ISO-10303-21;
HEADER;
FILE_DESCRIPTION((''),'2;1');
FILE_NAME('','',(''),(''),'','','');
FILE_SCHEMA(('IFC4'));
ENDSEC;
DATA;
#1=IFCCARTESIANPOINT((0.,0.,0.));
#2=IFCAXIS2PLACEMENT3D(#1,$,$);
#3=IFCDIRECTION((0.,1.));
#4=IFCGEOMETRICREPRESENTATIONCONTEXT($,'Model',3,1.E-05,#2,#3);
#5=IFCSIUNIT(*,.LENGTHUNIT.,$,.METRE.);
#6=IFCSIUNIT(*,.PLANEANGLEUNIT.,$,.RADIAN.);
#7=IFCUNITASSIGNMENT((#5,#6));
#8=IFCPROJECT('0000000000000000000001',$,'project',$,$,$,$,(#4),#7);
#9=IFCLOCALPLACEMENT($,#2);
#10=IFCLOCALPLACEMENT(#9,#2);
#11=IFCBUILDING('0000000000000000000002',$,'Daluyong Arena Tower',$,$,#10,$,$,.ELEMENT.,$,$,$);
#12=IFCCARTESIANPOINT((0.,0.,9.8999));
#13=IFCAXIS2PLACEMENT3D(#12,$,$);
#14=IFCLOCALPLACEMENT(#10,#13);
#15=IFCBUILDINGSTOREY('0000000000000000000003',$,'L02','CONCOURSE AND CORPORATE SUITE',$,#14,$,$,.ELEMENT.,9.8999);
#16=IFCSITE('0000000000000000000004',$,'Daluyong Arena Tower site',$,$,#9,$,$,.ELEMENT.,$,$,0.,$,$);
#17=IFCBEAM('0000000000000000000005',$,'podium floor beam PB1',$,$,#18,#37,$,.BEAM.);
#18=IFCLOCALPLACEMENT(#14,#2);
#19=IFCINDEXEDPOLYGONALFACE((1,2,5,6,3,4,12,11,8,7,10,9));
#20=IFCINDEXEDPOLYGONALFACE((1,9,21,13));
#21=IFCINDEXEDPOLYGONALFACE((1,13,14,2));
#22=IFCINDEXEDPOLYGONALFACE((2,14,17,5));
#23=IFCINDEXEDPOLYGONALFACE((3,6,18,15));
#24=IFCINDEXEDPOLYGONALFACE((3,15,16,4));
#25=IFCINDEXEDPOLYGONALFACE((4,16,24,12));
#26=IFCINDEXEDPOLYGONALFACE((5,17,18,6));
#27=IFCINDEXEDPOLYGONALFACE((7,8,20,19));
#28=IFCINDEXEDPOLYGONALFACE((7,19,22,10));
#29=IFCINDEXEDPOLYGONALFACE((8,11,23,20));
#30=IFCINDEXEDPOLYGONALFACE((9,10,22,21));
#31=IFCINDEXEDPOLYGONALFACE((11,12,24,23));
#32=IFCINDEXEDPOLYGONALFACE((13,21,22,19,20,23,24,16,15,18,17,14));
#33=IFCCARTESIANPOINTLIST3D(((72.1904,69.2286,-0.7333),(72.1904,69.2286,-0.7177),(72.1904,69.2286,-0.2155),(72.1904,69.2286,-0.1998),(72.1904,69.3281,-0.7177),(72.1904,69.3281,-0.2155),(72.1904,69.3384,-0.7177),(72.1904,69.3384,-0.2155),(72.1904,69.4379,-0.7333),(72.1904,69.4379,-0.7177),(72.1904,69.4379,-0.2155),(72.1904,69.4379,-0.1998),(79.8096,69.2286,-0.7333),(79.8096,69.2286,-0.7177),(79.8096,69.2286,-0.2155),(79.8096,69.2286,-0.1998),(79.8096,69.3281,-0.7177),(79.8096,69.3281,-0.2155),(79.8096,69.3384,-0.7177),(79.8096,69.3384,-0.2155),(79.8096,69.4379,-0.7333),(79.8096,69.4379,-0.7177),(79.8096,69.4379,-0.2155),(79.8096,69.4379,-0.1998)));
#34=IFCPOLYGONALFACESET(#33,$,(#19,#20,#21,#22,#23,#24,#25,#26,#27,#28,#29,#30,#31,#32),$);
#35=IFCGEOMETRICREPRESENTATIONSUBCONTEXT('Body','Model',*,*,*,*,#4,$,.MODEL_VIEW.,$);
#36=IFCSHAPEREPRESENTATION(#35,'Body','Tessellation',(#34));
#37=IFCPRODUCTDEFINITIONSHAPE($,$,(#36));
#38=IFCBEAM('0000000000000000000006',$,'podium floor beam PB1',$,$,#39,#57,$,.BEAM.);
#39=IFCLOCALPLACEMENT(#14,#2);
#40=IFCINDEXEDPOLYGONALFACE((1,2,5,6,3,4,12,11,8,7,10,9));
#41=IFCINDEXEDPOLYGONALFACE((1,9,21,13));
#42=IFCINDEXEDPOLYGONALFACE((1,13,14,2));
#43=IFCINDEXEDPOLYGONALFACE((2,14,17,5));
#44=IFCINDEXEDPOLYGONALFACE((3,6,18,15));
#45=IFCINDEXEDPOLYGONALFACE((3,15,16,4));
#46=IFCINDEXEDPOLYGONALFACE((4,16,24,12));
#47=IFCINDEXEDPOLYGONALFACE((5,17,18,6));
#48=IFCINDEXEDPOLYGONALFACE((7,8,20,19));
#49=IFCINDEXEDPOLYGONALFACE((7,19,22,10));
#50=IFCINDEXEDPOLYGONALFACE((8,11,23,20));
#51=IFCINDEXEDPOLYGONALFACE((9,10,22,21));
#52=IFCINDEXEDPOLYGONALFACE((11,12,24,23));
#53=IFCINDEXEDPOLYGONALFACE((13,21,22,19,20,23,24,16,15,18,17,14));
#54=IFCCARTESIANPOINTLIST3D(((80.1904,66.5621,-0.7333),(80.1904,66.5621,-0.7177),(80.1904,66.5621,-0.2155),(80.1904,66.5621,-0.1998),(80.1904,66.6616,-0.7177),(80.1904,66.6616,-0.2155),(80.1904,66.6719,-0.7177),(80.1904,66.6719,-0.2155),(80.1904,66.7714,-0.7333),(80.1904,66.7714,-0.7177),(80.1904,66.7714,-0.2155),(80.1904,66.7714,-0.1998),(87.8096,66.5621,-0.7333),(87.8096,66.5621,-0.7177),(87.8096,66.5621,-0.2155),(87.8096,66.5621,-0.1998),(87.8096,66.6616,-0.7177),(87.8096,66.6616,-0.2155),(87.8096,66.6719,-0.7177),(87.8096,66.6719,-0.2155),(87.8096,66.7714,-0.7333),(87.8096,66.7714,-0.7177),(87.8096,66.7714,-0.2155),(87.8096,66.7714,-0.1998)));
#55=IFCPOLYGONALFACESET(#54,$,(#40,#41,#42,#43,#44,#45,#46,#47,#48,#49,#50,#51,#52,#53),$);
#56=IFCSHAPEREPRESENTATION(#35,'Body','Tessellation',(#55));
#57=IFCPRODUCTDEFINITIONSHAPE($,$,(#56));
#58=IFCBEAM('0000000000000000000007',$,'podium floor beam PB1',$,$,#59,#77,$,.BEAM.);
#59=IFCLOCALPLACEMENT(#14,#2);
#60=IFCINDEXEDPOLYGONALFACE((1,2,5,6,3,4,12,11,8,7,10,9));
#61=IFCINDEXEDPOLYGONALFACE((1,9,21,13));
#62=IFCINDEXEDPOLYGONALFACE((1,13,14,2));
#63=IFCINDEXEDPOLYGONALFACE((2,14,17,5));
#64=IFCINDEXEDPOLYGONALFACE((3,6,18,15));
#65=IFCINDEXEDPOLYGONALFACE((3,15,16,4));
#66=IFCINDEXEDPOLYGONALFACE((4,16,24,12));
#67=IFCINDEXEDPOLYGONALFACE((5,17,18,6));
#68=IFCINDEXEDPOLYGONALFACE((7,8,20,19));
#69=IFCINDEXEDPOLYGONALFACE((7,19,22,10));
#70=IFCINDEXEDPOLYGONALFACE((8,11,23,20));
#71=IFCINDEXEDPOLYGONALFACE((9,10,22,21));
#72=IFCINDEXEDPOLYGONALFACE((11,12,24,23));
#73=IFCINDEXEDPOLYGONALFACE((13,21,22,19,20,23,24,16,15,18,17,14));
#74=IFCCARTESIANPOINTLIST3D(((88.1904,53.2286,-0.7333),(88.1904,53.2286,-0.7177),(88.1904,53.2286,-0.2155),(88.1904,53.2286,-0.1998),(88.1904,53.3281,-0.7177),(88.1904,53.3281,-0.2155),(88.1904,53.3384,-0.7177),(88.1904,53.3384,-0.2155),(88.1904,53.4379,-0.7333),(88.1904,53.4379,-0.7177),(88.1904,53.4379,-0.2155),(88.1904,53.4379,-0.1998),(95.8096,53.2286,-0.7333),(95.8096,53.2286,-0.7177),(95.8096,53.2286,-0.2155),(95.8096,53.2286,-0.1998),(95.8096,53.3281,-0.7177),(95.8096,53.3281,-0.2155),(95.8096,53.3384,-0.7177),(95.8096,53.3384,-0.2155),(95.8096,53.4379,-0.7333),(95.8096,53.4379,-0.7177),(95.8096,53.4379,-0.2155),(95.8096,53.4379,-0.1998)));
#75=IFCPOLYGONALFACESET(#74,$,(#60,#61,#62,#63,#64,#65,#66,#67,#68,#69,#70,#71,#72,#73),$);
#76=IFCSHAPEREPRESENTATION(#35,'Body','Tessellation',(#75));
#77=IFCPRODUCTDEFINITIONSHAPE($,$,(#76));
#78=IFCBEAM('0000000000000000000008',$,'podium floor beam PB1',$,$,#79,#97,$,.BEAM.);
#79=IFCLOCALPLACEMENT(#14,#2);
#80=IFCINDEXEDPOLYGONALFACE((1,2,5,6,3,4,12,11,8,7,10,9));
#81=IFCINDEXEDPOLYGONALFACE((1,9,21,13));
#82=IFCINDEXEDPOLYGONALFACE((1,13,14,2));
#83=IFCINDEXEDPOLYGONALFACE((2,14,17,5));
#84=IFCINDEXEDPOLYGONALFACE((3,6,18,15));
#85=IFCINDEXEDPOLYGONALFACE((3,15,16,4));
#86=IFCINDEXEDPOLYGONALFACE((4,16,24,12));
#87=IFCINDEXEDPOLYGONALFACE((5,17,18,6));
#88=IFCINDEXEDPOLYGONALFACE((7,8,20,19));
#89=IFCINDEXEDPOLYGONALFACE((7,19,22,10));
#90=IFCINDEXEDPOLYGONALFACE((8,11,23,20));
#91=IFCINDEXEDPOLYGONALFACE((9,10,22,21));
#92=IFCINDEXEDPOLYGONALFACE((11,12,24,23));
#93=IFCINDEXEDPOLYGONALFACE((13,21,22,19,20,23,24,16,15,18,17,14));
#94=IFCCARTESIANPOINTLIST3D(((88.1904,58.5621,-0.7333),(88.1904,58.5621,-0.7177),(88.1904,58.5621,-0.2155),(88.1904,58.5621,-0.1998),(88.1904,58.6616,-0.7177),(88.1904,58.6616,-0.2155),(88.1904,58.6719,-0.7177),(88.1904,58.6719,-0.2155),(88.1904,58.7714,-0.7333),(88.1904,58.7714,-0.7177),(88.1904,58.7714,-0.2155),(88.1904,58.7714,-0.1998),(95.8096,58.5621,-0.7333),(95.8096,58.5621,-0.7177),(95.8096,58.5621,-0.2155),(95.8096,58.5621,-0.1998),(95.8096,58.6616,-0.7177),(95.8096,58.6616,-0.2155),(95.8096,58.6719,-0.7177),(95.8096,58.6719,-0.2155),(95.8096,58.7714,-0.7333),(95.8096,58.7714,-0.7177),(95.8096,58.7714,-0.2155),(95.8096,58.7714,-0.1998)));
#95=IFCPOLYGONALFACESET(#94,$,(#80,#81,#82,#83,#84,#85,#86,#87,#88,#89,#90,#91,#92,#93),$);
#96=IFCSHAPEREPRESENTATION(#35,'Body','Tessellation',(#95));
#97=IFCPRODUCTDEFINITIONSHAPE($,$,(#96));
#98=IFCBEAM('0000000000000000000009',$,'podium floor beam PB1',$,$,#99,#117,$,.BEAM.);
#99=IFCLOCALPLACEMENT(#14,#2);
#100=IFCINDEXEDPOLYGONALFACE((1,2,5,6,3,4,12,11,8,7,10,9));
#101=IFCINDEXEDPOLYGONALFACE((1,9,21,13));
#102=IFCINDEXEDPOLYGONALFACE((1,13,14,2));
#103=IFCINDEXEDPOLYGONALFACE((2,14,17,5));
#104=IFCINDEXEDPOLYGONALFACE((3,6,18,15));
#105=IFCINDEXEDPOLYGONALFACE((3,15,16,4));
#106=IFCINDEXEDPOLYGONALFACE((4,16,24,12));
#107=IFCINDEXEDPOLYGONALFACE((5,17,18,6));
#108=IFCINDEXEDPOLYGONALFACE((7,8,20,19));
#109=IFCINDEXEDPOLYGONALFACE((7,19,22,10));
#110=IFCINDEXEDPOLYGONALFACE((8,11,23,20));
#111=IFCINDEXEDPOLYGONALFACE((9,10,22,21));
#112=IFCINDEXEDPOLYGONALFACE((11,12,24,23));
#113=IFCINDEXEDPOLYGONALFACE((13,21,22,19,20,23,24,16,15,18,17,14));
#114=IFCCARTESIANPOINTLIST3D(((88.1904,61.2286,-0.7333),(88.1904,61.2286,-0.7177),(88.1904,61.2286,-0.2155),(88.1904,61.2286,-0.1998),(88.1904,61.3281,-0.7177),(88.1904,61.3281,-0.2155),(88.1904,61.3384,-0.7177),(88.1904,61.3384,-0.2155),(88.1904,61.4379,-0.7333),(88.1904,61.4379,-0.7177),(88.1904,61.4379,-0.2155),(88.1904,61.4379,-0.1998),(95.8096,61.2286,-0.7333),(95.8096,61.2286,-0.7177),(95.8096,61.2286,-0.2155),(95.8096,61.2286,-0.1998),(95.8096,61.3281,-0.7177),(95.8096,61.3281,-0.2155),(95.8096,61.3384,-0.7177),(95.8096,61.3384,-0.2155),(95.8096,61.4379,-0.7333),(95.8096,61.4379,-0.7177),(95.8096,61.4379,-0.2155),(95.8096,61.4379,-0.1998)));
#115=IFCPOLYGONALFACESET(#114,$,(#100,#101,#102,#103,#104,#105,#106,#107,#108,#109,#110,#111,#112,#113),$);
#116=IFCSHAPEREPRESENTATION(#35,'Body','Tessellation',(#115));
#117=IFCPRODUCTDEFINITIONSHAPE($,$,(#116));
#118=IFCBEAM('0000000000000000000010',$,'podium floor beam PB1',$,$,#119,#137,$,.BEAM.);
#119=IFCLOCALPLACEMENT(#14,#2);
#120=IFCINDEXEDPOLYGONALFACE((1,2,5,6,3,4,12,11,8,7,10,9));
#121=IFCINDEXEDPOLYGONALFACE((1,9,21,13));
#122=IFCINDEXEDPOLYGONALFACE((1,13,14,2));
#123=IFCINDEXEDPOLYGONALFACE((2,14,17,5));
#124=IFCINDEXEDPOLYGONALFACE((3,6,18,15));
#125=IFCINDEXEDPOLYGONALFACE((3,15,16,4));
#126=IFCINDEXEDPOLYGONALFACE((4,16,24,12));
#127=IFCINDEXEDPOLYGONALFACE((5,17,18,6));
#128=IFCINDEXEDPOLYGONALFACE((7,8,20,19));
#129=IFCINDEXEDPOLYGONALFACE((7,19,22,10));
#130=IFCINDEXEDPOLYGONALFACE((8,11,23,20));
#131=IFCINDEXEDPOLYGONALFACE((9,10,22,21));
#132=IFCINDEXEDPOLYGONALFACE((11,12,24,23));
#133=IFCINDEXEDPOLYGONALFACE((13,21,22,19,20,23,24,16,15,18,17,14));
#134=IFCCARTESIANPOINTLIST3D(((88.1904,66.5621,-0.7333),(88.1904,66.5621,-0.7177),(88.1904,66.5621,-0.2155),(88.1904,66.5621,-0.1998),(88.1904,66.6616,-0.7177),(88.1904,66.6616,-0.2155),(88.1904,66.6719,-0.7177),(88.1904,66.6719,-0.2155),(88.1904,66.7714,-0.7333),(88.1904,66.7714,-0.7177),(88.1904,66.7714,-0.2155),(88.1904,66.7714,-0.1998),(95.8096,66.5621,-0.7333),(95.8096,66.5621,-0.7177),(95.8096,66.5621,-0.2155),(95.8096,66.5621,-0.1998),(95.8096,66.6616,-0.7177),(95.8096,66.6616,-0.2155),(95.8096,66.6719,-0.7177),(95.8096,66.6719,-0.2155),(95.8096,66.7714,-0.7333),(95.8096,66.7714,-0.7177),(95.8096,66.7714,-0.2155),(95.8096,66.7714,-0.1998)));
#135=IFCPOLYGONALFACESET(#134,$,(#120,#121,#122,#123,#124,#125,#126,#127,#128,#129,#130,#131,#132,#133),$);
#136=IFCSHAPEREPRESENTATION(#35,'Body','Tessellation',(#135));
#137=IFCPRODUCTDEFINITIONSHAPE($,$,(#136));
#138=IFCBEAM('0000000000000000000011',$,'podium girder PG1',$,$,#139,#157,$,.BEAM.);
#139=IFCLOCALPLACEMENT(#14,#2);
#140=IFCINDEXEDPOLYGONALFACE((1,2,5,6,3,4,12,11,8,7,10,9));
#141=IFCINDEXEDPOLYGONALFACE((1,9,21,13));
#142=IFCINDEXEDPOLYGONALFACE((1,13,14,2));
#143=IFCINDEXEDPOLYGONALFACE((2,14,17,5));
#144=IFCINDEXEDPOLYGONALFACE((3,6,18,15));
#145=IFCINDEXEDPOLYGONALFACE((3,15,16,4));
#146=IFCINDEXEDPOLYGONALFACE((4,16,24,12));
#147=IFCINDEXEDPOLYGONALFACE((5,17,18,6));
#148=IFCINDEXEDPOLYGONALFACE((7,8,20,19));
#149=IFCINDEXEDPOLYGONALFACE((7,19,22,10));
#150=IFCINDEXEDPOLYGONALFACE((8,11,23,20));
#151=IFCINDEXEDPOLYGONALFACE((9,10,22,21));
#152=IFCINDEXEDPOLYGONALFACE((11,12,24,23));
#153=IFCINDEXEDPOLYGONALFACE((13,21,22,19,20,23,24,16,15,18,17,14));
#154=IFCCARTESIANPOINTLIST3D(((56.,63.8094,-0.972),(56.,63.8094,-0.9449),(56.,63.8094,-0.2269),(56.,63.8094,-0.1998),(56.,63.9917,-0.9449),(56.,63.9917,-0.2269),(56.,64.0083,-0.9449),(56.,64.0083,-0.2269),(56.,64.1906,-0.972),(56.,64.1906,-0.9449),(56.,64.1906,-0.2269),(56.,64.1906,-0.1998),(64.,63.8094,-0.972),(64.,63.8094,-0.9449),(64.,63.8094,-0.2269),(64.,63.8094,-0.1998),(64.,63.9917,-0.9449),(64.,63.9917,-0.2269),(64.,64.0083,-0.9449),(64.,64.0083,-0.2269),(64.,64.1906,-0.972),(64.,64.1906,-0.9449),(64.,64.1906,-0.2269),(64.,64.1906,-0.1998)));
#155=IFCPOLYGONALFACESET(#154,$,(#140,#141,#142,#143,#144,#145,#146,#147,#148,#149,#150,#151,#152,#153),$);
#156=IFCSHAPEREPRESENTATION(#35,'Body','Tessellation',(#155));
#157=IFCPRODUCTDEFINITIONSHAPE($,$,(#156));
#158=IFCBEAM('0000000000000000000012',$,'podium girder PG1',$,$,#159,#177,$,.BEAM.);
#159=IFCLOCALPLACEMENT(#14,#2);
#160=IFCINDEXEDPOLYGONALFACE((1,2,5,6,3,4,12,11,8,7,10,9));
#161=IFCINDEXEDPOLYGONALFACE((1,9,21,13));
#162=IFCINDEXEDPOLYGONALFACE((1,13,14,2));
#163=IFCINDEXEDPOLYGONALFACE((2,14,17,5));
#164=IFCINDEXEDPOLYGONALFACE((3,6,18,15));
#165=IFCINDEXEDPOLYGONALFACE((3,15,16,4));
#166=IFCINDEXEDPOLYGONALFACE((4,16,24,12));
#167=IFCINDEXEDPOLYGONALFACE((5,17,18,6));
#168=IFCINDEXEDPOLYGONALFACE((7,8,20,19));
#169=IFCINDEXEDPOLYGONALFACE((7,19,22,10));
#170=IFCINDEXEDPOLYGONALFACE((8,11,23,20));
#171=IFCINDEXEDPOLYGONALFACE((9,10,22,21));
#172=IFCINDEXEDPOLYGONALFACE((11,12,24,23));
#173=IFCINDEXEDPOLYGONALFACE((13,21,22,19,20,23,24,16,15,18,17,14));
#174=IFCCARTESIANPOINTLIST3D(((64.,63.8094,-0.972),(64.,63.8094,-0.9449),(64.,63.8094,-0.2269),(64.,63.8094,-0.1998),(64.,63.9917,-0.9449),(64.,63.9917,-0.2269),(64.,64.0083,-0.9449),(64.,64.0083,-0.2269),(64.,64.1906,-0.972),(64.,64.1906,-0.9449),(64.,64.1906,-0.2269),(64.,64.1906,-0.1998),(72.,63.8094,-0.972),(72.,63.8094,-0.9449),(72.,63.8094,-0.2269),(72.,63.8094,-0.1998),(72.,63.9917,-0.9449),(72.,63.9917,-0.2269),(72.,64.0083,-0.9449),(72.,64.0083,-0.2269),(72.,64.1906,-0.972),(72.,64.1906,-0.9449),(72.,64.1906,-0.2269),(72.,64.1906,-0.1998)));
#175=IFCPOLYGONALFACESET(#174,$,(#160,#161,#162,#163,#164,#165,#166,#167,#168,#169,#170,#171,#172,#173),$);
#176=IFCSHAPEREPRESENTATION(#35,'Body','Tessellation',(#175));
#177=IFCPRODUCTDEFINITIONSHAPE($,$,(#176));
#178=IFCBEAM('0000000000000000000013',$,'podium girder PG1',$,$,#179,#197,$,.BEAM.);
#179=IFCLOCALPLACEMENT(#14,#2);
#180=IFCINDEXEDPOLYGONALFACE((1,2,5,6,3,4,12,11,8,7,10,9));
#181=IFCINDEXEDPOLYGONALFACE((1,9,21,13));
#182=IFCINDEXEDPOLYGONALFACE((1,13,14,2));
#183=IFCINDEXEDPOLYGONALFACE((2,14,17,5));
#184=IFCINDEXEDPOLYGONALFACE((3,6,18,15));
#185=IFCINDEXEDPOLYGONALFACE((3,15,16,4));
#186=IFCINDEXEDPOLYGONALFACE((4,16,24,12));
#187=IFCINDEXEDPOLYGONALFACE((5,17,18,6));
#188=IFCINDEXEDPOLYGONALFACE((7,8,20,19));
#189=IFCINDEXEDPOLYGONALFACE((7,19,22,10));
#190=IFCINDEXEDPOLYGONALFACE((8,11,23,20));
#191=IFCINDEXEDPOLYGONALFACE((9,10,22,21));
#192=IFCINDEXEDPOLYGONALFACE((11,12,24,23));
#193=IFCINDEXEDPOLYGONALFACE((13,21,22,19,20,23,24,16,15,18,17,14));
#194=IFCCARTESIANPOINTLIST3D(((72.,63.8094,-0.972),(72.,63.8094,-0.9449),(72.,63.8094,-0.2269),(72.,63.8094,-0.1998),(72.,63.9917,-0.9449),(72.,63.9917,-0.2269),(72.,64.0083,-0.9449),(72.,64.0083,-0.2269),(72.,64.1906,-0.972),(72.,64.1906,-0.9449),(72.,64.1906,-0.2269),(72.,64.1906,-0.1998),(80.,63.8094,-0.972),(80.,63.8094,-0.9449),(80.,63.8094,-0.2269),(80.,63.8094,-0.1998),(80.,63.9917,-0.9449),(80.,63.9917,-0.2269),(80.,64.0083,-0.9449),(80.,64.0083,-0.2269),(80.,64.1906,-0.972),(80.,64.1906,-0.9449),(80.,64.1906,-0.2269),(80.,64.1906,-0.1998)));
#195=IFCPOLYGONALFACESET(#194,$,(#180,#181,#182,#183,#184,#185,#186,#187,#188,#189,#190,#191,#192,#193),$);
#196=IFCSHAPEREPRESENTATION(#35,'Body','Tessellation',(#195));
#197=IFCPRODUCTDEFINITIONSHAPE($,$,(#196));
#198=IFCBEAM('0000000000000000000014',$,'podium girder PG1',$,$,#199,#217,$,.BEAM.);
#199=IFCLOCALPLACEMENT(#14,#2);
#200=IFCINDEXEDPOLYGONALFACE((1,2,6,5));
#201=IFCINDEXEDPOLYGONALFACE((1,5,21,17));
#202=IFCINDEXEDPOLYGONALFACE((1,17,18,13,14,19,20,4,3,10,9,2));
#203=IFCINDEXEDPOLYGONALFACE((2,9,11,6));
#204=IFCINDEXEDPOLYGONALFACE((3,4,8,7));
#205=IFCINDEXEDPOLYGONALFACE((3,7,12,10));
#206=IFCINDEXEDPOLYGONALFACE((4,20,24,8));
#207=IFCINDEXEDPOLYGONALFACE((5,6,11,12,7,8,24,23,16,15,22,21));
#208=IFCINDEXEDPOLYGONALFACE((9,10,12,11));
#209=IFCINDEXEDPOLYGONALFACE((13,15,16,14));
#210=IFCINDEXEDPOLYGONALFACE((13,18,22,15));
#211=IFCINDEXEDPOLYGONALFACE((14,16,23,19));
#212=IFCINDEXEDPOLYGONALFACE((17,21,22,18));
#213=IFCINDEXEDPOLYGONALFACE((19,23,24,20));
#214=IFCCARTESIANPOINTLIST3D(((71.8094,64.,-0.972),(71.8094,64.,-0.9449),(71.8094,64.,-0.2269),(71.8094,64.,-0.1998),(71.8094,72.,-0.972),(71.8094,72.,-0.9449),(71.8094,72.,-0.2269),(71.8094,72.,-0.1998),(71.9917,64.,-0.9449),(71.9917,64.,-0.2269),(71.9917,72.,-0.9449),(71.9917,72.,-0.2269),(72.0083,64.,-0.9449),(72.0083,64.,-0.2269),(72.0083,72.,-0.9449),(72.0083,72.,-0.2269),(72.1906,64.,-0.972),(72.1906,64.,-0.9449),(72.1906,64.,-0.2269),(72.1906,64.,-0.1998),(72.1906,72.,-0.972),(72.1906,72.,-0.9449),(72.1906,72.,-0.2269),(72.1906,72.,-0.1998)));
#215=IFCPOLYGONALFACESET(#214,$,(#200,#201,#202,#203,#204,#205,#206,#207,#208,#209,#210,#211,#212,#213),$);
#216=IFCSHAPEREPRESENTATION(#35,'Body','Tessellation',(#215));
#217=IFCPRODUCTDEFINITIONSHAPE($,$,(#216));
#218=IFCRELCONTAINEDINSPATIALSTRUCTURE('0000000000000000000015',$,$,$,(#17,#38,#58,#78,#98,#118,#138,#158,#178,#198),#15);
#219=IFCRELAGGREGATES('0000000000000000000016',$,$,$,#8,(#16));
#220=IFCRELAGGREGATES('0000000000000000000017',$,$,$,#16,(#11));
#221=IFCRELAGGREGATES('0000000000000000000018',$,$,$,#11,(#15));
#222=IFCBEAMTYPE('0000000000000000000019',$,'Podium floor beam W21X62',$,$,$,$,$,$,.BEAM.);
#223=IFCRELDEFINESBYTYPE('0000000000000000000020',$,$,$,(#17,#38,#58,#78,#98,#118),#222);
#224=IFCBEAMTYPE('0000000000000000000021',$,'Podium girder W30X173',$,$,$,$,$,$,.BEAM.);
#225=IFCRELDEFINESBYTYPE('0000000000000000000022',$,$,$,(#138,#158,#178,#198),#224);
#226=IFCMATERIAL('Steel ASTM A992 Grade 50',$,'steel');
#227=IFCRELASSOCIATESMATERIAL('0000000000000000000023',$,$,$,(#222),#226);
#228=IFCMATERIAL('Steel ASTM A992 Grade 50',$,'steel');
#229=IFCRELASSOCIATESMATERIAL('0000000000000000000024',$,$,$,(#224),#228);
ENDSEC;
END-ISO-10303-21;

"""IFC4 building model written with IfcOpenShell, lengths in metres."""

from ifc_helpers import new_model, si_unit, direction, frame, origin, origin_2d, place, context, subcontext, project, spatial, i_section, extrude, material, material_profile, profile_set, type_object, element, save


model = new_model("IFC4")

# Units and contexts
model_context = context("Model", 3, precision=1e-05, world=origin(), true_north=direction((0.0, 1.0)))
body_context = subcontext(model_context, "Body", "Model", "MODEL_VIEW")
ifc_project = project(units=[si_unit("LENGTHUNIT", "METRE"), si_unit("PLANEANGLEUNIT", "RADIAN")], contexts=[model_context])

# Site, building, storey
site_placement = place(None, origin())
site = spatial("IfcSite", under=ifc_project, at=site_placement, Name="Daluyong Arena Tower site", CompositionType="ELEMENT", RefElevation=0.0)
building_placement = place(site_placement, origin())
building = spatial("IfcBuilding", under=site, at=building_placement, Name="Daluyong Arena Tower", CompositionType="ELEMENT")
storey_placement = place(building_placement, frame((0.0, 0.0, 9.8999)))
storey = spatial("IfcBuildingStorey", under=building, at=storey_placement, Name="L02", Description="CONCOURSE AND CORPORATE SUITE", CompositionType="ELEMENT", Elevation=9.8999)

# Beams
ifc_material_1 = material(Name="Steel ASTM A992 Grade 50", Category="steel")
ifc_material_profile_1 = material_profile(ifc_material_1, i_section(OverallWidth=0.2092, OverallDepth=0.5334, WebThickness=0.0103, FlangeThickness=0.0156, at=origin_2d()))
ifc_profile_set_1 = profile_set([ifc_material_profile_1], Name="Steel ASTM A992 Grade 50")
beam_type_1 = type_object("IfcBeamType", Name="Podium floor beam W21X62", PredefinedType="BEAM", material=ifc_profile_set_1)
for number, where, z_axis, x_axis, name in (
    (1, (72.1904, 69.3333, -0.4666), (1.0, 0.0, 0.0), (0.0, 1.0, 0.0), "podium floor beam PB1"),
    (2, (80.1904, 66.6667, -0.4666), (1.0, 0.0, 0.0), (0.0, 1.0, 0.0), "podium floor beam PB1"),
    (3, (88.1904, 53.3333, -0.4666), (1.0, 0.0, 0.0), (0.0, 1.0, 0.0), "podium floor beam PB1"),
    (4, (88.1904, 58.6667, -0.4666), (1.0, 0.0, 0.0), (0.0, 1.0, 0.0), "podium floor beam PB1"),
    (5, (88.1904, 61.3333, -0.4666), (1.0, 0.0, 0.0), (0.0, 1.0, 0.0), "podium floor beam PB1"),
    (6, (88.1904, 66.6667, -0.4666), (1.0, 0.0, 0.0), (0.0, 1.0, 0.0), "podium floor beam PB1"),
):
    element("IfcBeam", number, at=place(storey_placement, frame(where, z_axis=z_axis, x_axis=x_axis)), inside=storey, type_object=beam_type_1, Name=name, PredefinedType="BEAM", context=body_context, shape_type="SweptSolid", body=[
        extrude(i_section(OverallWidth=0.2092, OverallDepth=0.5334, WebThickness=0.0103, FlangeThickness=0.0156, at=origin_2d()), origin(), (0.0, 0.0, 1.0), 7.6191),
    ])
ifc_material_2 = material(Name="Steel ASTM A992 Grade 50", Category="steel")
ifc_material_profile_2 = material_profile(ifc_material_2, i_section(OverallWidth=0.3811, OverallDepth=0.7722, WebThickness=0.0166, FlangeThickness=0.0271, at=origin_2d()))
ifc_profile_set_2 = profile_set([ifc_material_profile_2], Name="Steel ASTM A992 Grade 50")
beam_type_2 = type_object("IfcBeamType", Name="Podium girder W30X173", PredefinedType="BEAM", material=ifc_profile_set_2)
for number, where, z_axis, x_axis, name in (
    (7, (56.0, 64.0, -0.5859), (1.0, 0.0, 0.0), (0.0, 1.0, 0.0), "podium girder PG1"),
    (8, (64.0, 64.0, -0.5859), (1.0, 0.0, 0.0), (0.0, 1.0, 0.0), "podium girder PG1"),
    (9, (72.0, 64.0, -0.5859), (1.0, 0.0, 0.0), (0.0, 1.0, 0.0), "podium girder PG1"),
    (10, (72.0, 64.0, -0.5859), (0.0, 1.0, 0.0), (-1.0, 0.0, 0.0), "podium girder PG1"),
):
    element("IfcBeam", number, at=place(storey_placement, frame(where, z_axis=z_axis, x_axis=x_axis)), inside=storey, type_object=beam_type_2, Name=name, PredefinedType="BEAM", context=body_context, shape_type="SweptSolid", body=[
        extrude(i_section(OverallWidth=0.3811, OverallDepth=0.7722, WebThickness=0.0166, FlangeThickness=0.0271, at=origin_2d()), origin(), (0.0, 0.0, 1.0), 8.0),
    ])

save(model, "model.ifc")
